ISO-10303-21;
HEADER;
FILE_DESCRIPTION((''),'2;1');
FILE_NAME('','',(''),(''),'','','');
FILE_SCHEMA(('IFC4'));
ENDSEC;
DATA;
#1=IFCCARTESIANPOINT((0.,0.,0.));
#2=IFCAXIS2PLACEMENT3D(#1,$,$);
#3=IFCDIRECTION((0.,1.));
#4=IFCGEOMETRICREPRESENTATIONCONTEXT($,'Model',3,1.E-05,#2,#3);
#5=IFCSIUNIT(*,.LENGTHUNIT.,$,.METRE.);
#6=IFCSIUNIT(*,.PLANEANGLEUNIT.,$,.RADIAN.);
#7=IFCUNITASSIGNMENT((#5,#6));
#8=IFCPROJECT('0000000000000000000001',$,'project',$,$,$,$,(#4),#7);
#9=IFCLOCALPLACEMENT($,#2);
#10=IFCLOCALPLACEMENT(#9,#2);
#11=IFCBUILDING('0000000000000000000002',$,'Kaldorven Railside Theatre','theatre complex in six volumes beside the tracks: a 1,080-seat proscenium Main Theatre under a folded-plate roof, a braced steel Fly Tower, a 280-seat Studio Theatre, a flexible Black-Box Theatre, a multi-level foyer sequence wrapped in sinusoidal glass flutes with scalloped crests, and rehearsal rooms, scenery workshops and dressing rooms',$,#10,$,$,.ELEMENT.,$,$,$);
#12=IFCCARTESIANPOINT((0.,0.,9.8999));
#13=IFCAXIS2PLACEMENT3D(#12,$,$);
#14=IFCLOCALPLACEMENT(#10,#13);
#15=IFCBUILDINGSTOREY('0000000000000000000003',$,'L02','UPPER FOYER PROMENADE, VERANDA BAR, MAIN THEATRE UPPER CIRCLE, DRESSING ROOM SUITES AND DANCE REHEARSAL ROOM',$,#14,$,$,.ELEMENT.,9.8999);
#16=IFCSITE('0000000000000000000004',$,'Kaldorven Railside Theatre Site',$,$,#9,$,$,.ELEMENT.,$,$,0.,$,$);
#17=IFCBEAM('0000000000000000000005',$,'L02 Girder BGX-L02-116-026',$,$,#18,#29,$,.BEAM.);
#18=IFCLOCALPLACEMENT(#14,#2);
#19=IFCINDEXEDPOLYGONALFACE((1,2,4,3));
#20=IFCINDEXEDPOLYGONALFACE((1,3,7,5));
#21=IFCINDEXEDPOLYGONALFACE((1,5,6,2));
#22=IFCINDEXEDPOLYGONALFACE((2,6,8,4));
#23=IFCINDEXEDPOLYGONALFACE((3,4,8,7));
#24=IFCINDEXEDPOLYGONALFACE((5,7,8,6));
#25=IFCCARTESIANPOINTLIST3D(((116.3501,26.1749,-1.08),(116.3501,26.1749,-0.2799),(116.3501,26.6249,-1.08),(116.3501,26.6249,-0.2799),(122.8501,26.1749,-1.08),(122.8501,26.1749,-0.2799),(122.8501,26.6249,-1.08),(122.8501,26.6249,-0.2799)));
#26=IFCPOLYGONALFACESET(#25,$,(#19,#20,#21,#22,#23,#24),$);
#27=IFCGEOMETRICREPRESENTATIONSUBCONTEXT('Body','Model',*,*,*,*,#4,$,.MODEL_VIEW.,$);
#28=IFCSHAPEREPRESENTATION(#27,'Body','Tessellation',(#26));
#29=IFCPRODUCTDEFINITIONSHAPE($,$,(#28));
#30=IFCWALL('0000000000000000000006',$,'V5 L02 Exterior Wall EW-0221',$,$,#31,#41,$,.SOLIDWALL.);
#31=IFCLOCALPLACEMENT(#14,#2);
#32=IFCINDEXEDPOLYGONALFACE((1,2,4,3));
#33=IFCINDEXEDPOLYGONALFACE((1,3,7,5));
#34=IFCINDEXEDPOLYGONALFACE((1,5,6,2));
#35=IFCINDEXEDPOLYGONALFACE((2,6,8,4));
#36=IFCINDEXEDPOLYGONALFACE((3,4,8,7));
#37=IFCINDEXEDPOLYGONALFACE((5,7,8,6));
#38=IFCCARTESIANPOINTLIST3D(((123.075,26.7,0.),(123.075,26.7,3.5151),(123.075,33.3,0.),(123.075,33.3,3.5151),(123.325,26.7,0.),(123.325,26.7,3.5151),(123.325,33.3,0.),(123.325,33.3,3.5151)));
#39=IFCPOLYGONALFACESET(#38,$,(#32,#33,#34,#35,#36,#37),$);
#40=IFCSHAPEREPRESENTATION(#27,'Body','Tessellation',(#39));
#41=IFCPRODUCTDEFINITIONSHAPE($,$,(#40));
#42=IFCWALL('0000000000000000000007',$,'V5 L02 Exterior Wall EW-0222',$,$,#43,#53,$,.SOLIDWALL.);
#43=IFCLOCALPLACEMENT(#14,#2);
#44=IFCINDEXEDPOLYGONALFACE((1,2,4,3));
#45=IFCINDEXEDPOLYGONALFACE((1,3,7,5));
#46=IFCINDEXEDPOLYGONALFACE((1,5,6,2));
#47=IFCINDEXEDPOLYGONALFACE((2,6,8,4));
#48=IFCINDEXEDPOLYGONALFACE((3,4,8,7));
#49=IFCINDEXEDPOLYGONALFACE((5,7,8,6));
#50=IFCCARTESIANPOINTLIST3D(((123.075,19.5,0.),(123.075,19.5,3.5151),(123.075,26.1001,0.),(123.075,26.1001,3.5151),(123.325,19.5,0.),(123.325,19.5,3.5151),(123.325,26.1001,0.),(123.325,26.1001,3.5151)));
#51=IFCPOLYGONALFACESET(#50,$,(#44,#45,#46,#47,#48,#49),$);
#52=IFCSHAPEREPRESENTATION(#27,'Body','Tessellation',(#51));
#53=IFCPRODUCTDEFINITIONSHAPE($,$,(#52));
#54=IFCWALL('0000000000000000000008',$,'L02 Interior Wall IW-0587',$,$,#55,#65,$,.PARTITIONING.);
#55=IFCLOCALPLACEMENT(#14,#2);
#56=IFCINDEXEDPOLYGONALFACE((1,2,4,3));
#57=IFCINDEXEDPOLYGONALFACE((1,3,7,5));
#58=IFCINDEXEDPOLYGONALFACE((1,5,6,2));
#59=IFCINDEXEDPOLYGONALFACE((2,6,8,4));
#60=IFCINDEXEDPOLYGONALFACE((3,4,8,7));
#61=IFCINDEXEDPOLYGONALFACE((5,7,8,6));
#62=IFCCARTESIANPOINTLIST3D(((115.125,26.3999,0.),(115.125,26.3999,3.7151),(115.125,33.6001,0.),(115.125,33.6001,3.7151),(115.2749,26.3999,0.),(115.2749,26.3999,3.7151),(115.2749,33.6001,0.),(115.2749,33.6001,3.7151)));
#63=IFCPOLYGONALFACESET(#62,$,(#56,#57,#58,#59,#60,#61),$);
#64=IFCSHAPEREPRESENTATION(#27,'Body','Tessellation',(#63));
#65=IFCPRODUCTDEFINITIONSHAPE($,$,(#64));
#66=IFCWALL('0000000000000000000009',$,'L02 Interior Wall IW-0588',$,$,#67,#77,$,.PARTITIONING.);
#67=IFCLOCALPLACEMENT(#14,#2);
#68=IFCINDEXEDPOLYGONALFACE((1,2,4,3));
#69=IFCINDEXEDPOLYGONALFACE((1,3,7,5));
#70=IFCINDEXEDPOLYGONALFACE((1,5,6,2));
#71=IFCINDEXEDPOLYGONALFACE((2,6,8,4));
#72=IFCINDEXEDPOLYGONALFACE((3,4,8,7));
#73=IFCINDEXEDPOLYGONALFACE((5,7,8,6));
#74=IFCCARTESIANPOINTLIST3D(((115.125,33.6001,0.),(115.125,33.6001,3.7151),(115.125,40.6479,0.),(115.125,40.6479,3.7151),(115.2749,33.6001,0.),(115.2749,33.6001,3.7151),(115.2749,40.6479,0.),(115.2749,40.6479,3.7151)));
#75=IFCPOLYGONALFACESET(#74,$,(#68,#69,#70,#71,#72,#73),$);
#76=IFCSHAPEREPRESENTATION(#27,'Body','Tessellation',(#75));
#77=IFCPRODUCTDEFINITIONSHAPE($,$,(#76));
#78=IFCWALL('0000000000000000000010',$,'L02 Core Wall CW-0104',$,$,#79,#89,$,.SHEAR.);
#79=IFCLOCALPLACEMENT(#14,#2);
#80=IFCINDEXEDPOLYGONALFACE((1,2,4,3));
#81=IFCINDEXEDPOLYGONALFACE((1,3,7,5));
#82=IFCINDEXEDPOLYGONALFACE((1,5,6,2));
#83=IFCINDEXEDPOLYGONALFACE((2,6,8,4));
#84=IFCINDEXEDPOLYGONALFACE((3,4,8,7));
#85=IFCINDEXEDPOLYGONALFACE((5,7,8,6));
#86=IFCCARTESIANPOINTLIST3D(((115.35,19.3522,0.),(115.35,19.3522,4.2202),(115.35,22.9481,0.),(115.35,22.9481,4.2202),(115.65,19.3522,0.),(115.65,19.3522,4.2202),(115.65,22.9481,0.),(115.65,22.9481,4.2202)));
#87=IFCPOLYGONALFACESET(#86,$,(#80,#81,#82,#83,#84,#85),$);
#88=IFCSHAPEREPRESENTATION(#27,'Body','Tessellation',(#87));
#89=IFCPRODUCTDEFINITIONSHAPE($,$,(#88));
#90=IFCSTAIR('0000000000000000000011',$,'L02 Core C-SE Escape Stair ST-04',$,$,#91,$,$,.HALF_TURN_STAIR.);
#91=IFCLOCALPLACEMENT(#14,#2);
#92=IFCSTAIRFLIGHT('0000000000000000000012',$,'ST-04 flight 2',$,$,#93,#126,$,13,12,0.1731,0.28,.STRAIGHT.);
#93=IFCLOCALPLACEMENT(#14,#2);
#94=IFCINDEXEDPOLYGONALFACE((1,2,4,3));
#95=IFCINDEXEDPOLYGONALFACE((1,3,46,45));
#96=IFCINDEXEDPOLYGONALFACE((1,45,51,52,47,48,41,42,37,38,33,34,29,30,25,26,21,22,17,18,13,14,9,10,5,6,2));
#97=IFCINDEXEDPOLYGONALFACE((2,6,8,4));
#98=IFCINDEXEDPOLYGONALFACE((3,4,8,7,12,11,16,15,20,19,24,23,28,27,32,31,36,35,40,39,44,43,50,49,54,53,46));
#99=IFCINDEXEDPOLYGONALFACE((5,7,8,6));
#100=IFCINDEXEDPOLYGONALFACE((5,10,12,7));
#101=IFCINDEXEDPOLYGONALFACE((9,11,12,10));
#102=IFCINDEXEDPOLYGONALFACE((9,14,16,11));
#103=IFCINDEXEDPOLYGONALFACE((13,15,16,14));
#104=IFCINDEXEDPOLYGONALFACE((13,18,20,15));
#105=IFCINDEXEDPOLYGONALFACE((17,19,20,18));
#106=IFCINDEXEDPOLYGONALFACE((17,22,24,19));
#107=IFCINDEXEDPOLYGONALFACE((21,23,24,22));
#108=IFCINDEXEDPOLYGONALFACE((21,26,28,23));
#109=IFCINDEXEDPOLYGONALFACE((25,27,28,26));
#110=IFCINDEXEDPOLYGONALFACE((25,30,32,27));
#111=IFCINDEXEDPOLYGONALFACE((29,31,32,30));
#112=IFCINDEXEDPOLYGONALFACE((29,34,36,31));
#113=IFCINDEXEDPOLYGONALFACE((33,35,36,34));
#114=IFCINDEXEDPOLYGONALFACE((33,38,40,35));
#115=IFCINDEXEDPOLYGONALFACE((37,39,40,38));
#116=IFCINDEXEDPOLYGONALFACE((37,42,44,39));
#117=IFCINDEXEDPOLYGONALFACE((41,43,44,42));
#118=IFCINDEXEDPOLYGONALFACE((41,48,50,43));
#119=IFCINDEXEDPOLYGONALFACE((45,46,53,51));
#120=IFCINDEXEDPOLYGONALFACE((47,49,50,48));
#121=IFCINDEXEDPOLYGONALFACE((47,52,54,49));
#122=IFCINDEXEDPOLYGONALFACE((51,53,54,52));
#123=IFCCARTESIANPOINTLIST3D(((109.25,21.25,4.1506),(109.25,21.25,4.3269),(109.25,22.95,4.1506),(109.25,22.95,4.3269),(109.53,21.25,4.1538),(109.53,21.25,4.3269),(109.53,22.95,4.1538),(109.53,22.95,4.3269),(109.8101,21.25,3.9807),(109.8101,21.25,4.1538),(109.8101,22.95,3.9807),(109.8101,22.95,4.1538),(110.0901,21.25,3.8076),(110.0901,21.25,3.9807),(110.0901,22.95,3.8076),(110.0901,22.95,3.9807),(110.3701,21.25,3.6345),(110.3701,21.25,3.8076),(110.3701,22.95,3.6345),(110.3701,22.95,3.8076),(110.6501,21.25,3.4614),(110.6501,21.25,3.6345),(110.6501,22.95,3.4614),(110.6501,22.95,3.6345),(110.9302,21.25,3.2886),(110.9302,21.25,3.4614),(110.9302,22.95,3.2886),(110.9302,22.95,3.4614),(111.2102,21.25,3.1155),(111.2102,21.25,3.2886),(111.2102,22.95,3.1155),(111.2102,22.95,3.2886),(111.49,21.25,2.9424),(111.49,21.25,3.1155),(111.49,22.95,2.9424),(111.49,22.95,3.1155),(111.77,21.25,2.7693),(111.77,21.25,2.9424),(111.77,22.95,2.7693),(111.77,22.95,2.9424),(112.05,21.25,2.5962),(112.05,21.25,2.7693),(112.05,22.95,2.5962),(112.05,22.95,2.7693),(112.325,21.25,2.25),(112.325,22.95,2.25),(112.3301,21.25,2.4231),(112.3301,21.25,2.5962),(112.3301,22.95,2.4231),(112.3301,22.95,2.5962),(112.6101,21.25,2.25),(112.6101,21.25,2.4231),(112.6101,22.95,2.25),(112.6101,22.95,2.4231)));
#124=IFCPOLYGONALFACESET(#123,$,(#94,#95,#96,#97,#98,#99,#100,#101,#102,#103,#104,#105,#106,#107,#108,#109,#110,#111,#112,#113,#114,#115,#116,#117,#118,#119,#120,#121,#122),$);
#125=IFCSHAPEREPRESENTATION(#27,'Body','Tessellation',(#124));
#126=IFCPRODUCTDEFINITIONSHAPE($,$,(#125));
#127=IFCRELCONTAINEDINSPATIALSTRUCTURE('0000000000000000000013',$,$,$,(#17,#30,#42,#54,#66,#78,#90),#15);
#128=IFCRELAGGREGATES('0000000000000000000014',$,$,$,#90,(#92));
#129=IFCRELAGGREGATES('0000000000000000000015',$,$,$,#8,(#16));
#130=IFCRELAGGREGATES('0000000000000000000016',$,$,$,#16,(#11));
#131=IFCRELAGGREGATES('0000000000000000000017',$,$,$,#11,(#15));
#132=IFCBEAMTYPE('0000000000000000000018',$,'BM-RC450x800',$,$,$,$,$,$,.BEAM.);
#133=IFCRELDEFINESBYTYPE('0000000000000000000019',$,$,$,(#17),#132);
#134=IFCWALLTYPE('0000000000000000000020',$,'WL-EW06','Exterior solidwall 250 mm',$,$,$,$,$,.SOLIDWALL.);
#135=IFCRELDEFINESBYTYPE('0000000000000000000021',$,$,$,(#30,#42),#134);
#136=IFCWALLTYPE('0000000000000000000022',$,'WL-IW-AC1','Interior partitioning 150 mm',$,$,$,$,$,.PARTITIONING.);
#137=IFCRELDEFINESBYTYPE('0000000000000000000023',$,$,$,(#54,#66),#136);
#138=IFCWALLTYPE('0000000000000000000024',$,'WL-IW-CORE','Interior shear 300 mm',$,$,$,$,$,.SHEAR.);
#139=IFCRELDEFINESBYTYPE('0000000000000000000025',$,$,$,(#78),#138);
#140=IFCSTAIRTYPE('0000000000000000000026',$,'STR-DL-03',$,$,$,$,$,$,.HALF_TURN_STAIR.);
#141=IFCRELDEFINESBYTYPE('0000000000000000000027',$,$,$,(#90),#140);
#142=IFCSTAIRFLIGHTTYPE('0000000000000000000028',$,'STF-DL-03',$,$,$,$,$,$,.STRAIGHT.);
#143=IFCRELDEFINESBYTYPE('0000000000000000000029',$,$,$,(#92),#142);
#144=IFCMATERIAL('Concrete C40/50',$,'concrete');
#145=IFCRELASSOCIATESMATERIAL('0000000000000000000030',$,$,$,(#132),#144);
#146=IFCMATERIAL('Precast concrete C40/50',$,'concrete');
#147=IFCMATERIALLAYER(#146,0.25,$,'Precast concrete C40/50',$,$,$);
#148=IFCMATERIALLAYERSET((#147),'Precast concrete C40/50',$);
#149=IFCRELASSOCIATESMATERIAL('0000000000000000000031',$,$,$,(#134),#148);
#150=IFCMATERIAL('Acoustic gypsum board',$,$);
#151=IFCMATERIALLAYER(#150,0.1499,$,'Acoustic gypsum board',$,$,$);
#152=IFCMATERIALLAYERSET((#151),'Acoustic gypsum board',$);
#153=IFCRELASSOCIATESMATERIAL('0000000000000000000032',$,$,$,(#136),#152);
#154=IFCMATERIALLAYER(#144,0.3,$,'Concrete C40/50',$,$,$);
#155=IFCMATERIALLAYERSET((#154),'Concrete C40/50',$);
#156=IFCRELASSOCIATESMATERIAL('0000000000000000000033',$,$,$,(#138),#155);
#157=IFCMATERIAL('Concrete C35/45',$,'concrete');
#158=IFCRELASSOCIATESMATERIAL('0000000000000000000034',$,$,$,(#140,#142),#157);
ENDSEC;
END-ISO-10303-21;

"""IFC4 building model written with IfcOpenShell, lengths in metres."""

from ifc_helpers import new_model, si_unit, direction, frame, frame_2d, origin, origin_2d, place, context, subcontext, project, spatial, polyline, rectangle, outline, extrude, material, layer, layer_set, material_profile, profile_set, type_object, element, aggregate, save


model = new_model("IFC4")

# Units and contexts
model_context = context("Model", 3, precision=1e-05, world=origin(), true_north=direction((0.0, 1.0)))
body_context = subcontext(model_context, "Body", "Model", "MODEL_VIEW")
ifc_project = project(units=[si_unit("LENGTHUNIT", "METRE"), si_unit("PLANEANGLEUNIT", "RADIAN")], contexts=[model_context])

# Site, building, storey
site_placement = place(None, origin())
site = spatial("IfcSite", under=ifc_project, at=site_placement, Name="Kaldorven Railside Theatre Site", CompositionType="ELEMENT", RefElevation=0.0)
building_placement = place(site_placement, origin())
building = spatial("IfcBuilding", under=site, at=building_placement, Name="Kaldorven Railside Theatre", Description="theatre complex in six volumes beside the tracks: a 1,080-seat proscenium Main Theatre under a folded-plate roof, a braced steel Fly Tower, a 280-seat Studio Theatre, a flexible Black-Box Theatre, a multi-level foyer sequence wrapped in sinusoidal glass flutes with scalloped crests, and rehearsal rooms, scenery workshops and dressing rooms", CompositionType="ELEMENT")
storey_placement = place(building_placement, frame((0.0, 0.0, 9.8999)))
storey = spatial("IfcBuildingStorey", under=building, at=storey_placement, Name="L02", Description="UPPER FOYER PROMENADE, VERANDA BAR, MAIN THEATRE UPPER CIRCLE, DRESSING ROOM SUITES AND DANCE REHEARSAL ROOM", CompositionType="ELEMENT", Elevation=9.8999)

# Shared definitions
ifc_material_1 = material(Name="Concrete C40/50", Category="concrete")

# Beam
ifc_material_profile_1 = material_profile(ifc_material_1, rectangle(XDim=0.45, YDim=0.8, at=origin_2d()), Name="RC 450x800")
ifc_profile_set_1 = profile_set([ifc_material_profile_1], Name="Concrete C40/50")
beam_type_1 = type_object("IfcBeamType", Name="BM-RC450x800", PredefinedType="BEAM", material=ifc_profile_set_1)
beam_1_placement = place(storey_placement, frame((116.3501, 26.3999, -0.6799), z_axis=(1.0, 0.0, 0.0), x_axis=(0.0, 1.0, 0.0)))
element("IfcBeam", 1, at=beam_1_placement, inside=storey, type_object=beam_type_1, Name="L02 Girder BGX-L02-116-026", PredefinedType="BEAM", context=body_context, shape_type="SweptSolid", body=[
    extrude(rectangle(XDim=0.45, YDim=0.8, at=origin_2d()), origin(), (0.0, 0.0, 1.0), 6.5),
])

# Walls
ifc_material_2 = material(Name="Precast concrete C40/50", Category="concrete")
ifc_layer_1 = layer(ifc_material_2, 0.25, Name="Precast concrete C40/50")
ifc_layer_set_1 = layer_set([ifc_layer_1], Name="Precast concrete C40/50")
wall_type_1 = type_object("IfcWallType", Name="WL-EW06", Description="Exterior solidwall 250 mm", PredefinedType="SOLIDWALL", material=ifc_layer_set_1)
for number, where, z_axis, x_axis, name in (
    (2, (123.2, 33.3, 0.0), (0.0, 0.0, 1.0), (0.0, -1.0, 0.0), "V5 L02 Exterior Wall EW-0221"),
    (3, (123.2, 26.1001, 0.0), (0.0, 0.0, 1.0), (0.0, -1.0, 0.0), "V5 L02 Exterior Wall EW-0222"),
):
    element("IfcWall", number, at=place(storey_placement, frame(where, z_axis=z_axis, x_axis=x_axis)), inside=storey, type_object=wall_type_1, Name=name, PredefinedType="SOLIDWALL", context=body_context, shape_type="SweptSolid", body=[
        extrude(rectangle(XDim=6.6001, YDim=0.25, at=frame_2d((3.3, 0.0))), origin(), (0.0, 0.0, 1.0), 3.5151),
    ])
ifc_material_3 = material(Name="Acoustic gypsum board")
ifc_layer_2 = layer(ifc_material_3, 0.1499, Name="Acoustic gypsum board")
ifc_layer_set_2 = layer_set([ifc_layer_2], Name="Acoustic gypsum board")
wall_type_2 = type_object("IfcWallType", Name="WL-IW-AC1", Description="Interior partitioning 150 mm", PredefinedType="PARTITIONING", material=ifc_layer_set_2)
wall_1_placement = place(storey_placement, frame((115.2, 26.3999, 0.0), z_axis=(0.0, 0.0, 1.0), x_axis=(0.0, 1.0, 0.0)))
element("IfcWall", 4, at=wall_1_placement, inside=storey, type_object=wall_type_2, Name="L02 Interior Wall IW-0587", PredefinedType="PARTITIONING", context=body_context, shape_type="SweptSolid", body=[
    extrude(rectangle(XDim=7.2002, YDim=0.1499, at=frame_2d((3.6001, 0.0))), origin(), (0.0, 0.0, 1.0), 3.7151),
])
wall_2_placement = place(storey_placement, frame((115.2, 33.6001, 0.0), z_axis=(0.0, 0.0, 1.0), x_axis=(0.0, 1.0, 0.0)))
element("IfcWall", 5, at=wall_2_placement, inside=storey, type_object=wall_type_2, Name="L02 Interior Wall IW-0588", PredefinedType="PARTITIONING", context=body_context, shape_type="SweptSolid", body=[
    extrude(rectangle(XDim=7.0479, YDim=0.1499, at=frame_2d((3.5239, 0.0))), origin(), (0.0, 0.0, 1.0), 3.7151),
])
ifc_layer_3 = layer(ifc_material_1, 0.3, Name="Concrete C40/50")
ifc_layer_set_3 = layer_set([ifc_layer_3], Name="Concrete C40/50")
wall_type_3 = type_object("IfcWallType", Name="WL-IW-CORE", Description="Interior shear 300 mm", PredefinedType="SHEAR", material=ifc_layer_set_3)
wall_3_placement = place(storey_placement, frame((115.5, 22.948, 0.0), z_axis=(0.0, 0.0, 1.0), x_axis=(0.0, -1.0, 0.0)))
element("IfcWall", 6, at=wall_3_placement, inside=storey, type_object=wall_type_3, Name="L02 Core Wall CW-0104", PredefinedType="SHEAR", context=body_context, shape_type="SweptSolid", body=[
    extrude(rectangle(XDim=3.5959, YDim=0.3, at=frame_2d((1.7979, 0.0))), origin(), (0.0, 0.0, 1.0), 4.2202),
])

# Stair, stair flight
ifc_material_4 = material(Name="Concrete C35/45", Category="concrete")
stair_type = type_object("IfcStairType", Name="STR-DL-03", PredefinedType="HALF_TURN_STAIR", material=ifc_material_4)
stair_placement = place(storey_placement, origin())
stair = element("IfcStair", 7, at=stair_placement, inside=storey, type_object=stair_type, Name="L02 Core C-SE Escape Stair ST-04", PredefinedType="HALF_TURN_STAIR")
stair_flight_type = type_object("IfcStairFlightType", Name="STF-DL-03", PredefinedType="STRAIGHT", material=ifc_material_4)
stair_flight_placement = place(storey_placement, frame((112.6101, 22.1001, 2.25), z_axis=(0.0, 0.0, 1.0), x_axis=(-1.0, 0.0, 0.0)))
stair_flight = element("IfcStairFlight", 8, at=stair_flight_placement, type_object=stair_flight_type, Name="ST-04 flight 2", NumberOfRisers=13, NumberOfTreads=12, PredefinedType="STRAIGHT", RiserHeight=0.1731, TreadLength=0.28, context=body_context, shape_type="SweptSolid", body=[
    extrude(outline(polyline([(0.0, 0.0), (0.0, 0.1731), (0.28, 0.1731), (0.28, 0.3462), (0.5601, 0.3462), (0.5601, 0.5193), (0.8401, 0.5193), (0.8401, 0.6924), (1.1201, 0.6924), (1.1201, 0.8655), (1.3999, 0.8655), (1.3999, 1.0386), (1.6799, 1.0386), (1.6799, 1.2114), (1.96, 1.2114), (1.96, 1.3845), (2.24, 1.3845), (2.24, 1.5576), (2.52, 1.5576), (2.52, 1.7307), (2.8, 1.7307), (2.8, 1.9038), (3.0801, 1.9038), (3.0801, 2.0769), (3.3601, 2.0769), (3.3601, 2.25), (3.3601, 1.9006), (0.2852, 0.0), (0.0, 0.0)])), frame((0.0, 0.8501, 0.0), z_axis=(0.0, -1.0, 0.0), x_axis=(1.0, 0.0, 0.0)), (0.0, 0.0, 1.0), 1.7),
])
aggregate(stair, [stair_flight])

save(model, "model.ifc")
